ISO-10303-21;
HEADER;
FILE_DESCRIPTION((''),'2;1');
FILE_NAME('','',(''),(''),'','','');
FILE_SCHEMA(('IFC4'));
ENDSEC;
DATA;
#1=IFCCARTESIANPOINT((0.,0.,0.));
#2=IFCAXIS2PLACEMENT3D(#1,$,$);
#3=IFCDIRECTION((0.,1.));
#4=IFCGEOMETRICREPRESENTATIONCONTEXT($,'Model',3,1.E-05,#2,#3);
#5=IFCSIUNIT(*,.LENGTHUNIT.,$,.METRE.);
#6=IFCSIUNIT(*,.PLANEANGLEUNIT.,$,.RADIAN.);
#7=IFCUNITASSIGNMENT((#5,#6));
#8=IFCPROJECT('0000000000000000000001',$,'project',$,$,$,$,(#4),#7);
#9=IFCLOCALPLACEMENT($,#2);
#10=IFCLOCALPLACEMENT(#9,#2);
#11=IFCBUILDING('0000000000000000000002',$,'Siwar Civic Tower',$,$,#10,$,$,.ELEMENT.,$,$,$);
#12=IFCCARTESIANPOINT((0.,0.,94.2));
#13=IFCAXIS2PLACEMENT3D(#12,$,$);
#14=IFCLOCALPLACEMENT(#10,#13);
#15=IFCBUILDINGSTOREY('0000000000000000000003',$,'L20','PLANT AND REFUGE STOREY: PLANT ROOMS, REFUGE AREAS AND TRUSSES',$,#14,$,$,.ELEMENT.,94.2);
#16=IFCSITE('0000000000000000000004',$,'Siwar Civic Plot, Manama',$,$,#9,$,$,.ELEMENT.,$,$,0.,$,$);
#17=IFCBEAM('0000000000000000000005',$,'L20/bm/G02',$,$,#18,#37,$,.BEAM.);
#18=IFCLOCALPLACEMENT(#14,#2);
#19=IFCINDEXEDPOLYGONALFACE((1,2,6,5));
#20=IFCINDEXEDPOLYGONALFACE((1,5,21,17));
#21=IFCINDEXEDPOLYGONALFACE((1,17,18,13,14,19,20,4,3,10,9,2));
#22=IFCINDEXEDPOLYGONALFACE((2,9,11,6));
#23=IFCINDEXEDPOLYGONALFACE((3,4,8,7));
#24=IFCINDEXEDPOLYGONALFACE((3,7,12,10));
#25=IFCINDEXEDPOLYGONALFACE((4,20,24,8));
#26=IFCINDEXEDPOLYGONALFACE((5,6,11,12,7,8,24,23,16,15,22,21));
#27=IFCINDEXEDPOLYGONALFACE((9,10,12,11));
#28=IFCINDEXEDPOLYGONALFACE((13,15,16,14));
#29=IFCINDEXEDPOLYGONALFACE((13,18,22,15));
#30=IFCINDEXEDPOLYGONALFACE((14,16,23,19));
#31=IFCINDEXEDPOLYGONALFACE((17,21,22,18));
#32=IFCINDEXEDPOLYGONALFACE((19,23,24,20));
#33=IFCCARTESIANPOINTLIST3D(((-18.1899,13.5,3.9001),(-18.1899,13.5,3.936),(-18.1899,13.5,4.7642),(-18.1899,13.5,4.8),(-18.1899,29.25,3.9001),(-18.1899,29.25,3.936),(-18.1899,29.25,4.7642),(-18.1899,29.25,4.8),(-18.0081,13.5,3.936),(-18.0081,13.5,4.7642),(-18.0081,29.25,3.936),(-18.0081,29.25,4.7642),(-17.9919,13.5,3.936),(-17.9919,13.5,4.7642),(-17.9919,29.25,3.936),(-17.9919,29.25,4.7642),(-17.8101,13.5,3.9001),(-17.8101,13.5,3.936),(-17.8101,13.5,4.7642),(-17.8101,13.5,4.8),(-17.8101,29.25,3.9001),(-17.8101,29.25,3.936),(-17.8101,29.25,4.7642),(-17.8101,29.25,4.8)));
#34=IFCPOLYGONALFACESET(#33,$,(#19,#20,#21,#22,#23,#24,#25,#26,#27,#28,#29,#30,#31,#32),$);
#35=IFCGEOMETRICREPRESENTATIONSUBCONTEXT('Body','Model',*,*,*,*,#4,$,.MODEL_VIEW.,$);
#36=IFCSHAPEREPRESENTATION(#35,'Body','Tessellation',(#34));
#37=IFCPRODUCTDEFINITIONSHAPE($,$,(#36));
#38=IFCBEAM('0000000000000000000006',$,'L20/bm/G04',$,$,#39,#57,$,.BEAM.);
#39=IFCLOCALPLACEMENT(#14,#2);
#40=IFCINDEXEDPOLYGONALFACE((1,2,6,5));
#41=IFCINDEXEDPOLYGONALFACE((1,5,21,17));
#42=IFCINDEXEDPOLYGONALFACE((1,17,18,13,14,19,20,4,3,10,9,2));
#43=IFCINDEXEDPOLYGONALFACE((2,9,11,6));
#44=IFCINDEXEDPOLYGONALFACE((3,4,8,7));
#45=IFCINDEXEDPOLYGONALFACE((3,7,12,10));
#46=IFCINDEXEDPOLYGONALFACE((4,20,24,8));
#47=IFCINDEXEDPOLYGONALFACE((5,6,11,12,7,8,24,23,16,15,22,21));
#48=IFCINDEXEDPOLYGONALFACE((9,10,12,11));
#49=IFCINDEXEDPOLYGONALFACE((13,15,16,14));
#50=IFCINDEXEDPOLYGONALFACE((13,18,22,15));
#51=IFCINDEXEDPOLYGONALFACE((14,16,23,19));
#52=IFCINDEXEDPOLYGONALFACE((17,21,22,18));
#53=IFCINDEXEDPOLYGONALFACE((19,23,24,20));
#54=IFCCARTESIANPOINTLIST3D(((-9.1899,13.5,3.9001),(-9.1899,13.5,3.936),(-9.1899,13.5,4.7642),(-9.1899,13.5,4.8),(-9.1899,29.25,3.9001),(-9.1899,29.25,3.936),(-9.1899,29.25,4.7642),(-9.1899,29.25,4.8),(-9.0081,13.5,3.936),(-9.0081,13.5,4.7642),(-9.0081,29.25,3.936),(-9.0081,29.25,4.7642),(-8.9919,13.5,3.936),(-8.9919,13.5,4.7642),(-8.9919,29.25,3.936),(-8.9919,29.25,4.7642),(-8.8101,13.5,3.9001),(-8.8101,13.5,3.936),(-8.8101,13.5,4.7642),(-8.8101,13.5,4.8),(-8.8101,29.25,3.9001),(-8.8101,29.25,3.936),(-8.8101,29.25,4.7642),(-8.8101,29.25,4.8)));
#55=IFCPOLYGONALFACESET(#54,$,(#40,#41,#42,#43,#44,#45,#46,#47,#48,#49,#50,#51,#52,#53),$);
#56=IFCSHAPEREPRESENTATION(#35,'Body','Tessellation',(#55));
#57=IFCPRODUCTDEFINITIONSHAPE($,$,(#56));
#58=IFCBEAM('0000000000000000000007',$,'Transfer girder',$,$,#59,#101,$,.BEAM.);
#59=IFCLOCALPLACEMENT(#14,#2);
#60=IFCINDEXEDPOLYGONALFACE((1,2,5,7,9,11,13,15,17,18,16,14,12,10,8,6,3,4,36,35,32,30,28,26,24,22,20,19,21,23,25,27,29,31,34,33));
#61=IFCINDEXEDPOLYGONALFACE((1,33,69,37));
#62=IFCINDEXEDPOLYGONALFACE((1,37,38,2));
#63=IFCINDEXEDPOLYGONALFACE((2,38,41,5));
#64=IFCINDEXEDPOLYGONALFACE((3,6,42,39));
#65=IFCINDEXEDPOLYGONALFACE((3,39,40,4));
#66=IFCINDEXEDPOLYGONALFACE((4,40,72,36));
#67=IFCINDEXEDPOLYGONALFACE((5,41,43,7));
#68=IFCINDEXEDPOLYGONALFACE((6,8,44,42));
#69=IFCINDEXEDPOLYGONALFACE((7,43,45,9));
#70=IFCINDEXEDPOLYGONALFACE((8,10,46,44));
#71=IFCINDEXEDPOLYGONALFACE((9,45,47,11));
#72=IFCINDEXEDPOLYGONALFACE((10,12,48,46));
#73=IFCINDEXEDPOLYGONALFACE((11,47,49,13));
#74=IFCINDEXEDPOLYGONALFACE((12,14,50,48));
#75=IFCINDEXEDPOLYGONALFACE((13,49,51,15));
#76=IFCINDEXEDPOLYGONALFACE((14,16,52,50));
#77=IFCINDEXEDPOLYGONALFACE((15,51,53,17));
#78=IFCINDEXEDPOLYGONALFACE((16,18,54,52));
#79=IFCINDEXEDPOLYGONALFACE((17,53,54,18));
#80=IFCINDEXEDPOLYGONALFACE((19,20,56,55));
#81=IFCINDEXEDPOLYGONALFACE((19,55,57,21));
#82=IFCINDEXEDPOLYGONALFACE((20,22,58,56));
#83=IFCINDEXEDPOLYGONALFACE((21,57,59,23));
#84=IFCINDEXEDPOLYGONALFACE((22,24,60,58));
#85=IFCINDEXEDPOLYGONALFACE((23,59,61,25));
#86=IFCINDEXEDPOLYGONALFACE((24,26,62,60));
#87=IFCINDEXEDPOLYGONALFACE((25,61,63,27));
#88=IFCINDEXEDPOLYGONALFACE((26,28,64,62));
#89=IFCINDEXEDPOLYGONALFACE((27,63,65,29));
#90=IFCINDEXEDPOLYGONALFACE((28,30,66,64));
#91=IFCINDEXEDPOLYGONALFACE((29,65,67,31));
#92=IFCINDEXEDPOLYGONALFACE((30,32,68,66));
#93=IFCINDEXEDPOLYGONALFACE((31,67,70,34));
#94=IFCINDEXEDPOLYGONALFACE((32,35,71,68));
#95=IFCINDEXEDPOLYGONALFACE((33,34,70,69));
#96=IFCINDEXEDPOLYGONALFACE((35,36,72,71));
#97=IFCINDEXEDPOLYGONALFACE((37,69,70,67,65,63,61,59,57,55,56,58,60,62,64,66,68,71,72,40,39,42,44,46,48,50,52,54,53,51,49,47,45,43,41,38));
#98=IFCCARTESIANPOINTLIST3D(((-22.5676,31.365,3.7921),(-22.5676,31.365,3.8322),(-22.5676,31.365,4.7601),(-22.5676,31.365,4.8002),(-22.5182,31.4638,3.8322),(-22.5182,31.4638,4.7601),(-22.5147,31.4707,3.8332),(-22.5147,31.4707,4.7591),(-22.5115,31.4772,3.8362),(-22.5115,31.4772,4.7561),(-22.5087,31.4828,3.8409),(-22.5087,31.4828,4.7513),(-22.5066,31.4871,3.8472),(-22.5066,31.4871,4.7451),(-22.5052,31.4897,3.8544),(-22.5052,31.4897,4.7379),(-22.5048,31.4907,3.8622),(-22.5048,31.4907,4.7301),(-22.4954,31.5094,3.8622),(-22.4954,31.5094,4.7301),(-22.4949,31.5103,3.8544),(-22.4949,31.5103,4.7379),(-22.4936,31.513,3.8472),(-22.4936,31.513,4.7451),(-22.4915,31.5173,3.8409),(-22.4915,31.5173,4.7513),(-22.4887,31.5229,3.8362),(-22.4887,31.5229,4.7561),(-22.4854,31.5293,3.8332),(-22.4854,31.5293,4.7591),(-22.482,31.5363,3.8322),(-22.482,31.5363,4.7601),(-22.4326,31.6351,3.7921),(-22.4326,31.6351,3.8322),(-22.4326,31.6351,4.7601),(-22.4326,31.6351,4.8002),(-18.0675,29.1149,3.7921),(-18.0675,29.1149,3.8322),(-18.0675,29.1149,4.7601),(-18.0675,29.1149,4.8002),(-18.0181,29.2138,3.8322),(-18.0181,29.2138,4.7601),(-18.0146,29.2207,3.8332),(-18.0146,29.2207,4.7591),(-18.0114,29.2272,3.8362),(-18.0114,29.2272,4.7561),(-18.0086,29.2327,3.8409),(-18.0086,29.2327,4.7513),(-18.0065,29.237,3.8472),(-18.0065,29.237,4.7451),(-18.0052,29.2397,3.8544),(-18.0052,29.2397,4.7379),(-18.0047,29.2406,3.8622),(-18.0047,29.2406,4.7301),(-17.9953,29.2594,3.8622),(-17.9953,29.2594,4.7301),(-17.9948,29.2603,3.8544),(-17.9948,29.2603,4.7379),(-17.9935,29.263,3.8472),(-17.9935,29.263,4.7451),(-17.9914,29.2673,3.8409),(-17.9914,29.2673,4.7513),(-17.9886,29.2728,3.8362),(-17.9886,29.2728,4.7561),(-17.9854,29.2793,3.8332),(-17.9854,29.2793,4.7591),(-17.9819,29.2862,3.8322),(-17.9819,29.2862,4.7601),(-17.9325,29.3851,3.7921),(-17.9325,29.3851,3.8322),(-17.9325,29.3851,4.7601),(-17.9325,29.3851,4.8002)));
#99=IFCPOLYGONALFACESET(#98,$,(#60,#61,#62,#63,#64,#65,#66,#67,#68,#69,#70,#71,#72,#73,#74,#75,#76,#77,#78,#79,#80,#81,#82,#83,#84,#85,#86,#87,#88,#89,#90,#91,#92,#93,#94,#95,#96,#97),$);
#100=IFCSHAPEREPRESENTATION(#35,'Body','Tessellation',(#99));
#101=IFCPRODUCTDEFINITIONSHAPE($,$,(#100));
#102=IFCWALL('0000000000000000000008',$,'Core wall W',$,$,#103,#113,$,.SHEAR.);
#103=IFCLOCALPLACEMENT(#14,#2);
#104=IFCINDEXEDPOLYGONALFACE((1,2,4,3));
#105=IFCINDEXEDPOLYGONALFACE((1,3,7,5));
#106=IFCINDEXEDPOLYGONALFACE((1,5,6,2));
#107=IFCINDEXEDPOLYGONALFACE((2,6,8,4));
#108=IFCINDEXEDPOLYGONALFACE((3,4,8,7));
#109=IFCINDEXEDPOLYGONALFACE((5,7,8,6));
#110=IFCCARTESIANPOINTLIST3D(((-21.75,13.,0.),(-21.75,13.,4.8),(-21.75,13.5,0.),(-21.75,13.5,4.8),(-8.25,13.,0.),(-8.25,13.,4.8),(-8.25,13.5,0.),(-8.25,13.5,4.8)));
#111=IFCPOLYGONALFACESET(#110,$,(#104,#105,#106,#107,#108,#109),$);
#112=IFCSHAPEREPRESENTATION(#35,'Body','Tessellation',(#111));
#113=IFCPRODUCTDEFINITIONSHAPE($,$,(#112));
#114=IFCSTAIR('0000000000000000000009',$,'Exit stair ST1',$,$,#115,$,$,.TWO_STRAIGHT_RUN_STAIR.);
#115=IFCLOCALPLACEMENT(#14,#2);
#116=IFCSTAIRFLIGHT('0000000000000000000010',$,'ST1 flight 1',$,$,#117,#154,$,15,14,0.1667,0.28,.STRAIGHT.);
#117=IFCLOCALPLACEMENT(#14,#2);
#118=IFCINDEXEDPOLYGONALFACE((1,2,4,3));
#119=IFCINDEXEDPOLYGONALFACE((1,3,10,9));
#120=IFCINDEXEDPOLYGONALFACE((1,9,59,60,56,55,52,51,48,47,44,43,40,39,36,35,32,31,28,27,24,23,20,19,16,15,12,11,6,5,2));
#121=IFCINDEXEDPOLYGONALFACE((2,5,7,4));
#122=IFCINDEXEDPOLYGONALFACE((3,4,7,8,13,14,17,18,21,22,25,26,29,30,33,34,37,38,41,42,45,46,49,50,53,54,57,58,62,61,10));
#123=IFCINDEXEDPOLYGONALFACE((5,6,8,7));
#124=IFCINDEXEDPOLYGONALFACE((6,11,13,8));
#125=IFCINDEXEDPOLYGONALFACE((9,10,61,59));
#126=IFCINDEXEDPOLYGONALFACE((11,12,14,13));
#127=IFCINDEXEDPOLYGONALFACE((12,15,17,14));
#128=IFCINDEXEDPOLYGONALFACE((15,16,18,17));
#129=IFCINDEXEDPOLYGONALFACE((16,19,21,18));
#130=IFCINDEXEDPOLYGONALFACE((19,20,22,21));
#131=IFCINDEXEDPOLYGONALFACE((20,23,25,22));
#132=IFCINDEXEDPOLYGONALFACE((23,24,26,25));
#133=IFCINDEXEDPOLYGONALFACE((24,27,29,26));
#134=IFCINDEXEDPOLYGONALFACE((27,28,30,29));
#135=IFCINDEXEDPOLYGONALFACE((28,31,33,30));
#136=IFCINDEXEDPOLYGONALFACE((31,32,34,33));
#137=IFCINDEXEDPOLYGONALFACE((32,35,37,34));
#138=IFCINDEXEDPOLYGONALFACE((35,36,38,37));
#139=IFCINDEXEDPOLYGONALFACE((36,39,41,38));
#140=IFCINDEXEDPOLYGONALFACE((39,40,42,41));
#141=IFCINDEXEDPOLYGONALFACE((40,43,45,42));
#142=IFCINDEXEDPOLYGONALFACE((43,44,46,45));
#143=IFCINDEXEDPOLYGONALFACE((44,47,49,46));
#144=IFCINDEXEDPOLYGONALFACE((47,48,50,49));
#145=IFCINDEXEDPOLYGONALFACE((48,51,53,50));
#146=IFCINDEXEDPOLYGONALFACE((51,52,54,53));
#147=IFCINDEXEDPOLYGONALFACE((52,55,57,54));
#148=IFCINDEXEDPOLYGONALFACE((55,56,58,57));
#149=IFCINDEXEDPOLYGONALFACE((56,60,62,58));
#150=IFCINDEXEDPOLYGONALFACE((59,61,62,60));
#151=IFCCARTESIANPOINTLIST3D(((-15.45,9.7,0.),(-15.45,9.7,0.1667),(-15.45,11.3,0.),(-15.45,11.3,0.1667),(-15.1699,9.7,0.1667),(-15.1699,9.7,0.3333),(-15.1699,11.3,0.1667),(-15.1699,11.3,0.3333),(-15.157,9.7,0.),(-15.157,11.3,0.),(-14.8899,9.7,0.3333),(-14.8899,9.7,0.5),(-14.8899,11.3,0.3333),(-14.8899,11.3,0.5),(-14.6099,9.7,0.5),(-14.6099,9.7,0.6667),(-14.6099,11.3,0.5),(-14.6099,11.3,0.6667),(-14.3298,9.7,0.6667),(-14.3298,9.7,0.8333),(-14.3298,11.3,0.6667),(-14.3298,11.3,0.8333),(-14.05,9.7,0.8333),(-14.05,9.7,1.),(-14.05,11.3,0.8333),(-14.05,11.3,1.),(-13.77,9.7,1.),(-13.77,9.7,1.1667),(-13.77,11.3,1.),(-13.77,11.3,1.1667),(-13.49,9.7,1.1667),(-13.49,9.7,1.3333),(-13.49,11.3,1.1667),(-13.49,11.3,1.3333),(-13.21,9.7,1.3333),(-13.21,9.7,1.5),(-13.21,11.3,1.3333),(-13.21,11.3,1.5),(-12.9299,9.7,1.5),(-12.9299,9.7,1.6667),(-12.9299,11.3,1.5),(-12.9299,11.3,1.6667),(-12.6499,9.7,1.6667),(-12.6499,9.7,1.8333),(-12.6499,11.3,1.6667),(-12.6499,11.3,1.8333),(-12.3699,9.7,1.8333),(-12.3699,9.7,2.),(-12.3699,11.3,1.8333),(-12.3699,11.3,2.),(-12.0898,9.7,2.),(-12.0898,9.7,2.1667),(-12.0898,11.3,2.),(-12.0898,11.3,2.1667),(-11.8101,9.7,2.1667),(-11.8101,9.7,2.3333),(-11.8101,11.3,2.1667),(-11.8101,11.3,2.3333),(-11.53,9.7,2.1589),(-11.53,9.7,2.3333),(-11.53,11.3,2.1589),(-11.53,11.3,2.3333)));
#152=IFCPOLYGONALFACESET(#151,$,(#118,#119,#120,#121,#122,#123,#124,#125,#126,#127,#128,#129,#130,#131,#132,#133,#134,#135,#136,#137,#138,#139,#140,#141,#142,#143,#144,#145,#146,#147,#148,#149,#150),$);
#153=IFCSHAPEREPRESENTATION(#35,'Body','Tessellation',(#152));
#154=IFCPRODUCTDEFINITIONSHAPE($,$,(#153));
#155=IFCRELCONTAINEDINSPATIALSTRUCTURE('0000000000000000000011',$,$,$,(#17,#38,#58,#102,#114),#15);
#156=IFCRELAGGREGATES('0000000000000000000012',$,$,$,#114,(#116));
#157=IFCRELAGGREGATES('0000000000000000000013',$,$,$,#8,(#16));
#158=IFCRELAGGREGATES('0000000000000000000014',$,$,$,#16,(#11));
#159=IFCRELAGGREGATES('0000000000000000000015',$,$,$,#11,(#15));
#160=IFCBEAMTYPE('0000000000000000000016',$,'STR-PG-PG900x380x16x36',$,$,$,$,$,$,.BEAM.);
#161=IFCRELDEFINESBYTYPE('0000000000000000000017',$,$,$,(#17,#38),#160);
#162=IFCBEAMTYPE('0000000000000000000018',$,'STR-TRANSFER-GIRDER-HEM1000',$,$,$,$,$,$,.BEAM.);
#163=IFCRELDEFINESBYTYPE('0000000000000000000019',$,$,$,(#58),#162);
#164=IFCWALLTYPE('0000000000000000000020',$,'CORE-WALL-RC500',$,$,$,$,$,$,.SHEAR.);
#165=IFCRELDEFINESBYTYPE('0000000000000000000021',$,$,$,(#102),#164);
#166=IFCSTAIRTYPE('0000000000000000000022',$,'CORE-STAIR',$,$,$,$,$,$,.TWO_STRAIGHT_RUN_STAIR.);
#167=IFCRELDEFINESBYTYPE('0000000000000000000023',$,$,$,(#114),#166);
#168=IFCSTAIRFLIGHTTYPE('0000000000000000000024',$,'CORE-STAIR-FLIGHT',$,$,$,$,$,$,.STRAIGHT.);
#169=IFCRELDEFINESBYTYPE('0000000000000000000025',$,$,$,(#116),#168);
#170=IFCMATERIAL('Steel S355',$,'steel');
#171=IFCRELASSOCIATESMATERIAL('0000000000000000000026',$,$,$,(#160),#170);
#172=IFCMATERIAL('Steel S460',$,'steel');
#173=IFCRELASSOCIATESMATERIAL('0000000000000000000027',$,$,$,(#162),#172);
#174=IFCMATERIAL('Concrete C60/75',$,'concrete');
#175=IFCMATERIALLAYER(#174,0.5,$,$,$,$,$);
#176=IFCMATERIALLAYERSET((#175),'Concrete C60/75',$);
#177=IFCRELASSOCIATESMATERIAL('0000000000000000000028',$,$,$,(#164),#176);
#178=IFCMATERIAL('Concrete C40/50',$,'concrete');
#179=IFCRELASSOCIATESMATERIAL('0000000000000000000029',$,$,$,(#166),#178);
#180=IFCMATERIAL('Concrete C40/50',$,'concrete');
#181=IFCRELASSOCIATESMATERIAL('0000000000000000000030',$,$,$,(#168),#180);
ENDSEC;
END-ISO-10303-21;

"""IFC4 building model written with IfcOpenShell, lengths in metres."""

from ifc_helpers import new_model, si_unit, direction, frame, frame_2d, origin, origin_2d, place, context, subcontext, project, spatial, polyline, rectangle, i_section, outline, extrude, material, layer, layer_set, material_profile, profile_set, type_object, element, aggregate, save


model = new_model("IFC4")

# Units and contexts
model_context = context("Model", 3, precision=1e-05, world=origin(), true_north=direction((0.0, 1.0)))
body_context = subcontext(model_context, "Body", "Model", "MODEL_VIEW")
ifc_project = project(units=[si_unit("LENGTHUNIT", "METRE"), si_unit("PLANEANGLEUNIT", "RADIAN")], contexts=[model_context])

# Site, building, storey
site_placement = place(None, origin())
site = spatial("IfcSite", under=ifc_project, at=site_placement, Name="Siwar Civic Plot, Manama", CompositionType="ELEMENT", RefElevation=0.0)
building_placement = place(site_placement, origin())
building = spatial("IfcBuilding", under=site, at=building_placement, Name="Siwar Civic Tower", CompositionType="ELEMENT")
storey_placement = place(building_placement, frame((0.0, 0.0, 94.2)))
storey = spatial("IfcBuildingStorey", under=building, at=storey_placement, Name="L20", Description="PLANT AND REFUGE STOREY: PLANT ROOMS, REFUGE AREAS AND TRUSSES", CompositionType="ELEMENT", Elevation=94.2)

# Beams
ifc_material_1 = material(Name="Steel S355", Category="steel")
ifc_material_profile_1 = material_profile(ifc_material_1, i_section(OverallWidth=0.3799, OverallDepth=0.8999, WebThickness=0.0161, FlangeThickness=0.0359, at=origin_2d()), Name="PG900x380x16x36")
ifc_profile_set_1 = profile_set([ifc_material_profile_1], Name="Steel S355")
beam_type_1 = type_object("IfcBeamType", Name="STR-PG-PG900x380x16x36", PredefinedType="BEAM", material=ifc_profile_set_1)
for number, where, z_axis, x_axis, name in (
    (1, (-18.0, 13.5, 4.3501), (0.0, 1.0, 0.0), (-1.0, 0.0, 0.0), "L20/bm/G02"),
    (2, (-9.0, 13.5, 4.3501), (0.0, 1.0, 0.0), (-1.0, 0.0, 0.0), "L20/bm/G04"),
):
    element("IfcBeam", number, at=place(storey_placement, frame(where, z_axis=z_axis, x_axis=x_axis)), inside=storey, type_object=beam_type_1, Name=name, PredefinedType="BEAM", context=body_context, shape_type="SweptSolid", body=[
        extrude(i_section(OverallWidth=0.3799, OverallDepth=0.8999, WebThickness=0.0161, FlangeThickness=0.0359, at=origin_2d()), origin(), (0.0, 0.0, 1.0), 15.75),
    ])
ifc_material_2 = material(Name="Steel S460", Category="steel")
ifc_material_profile_2 = material_profile(ifc_material_2, i_section(OverallWidth=0.302, OverallDepth=1.0081, WebThickness=0.021, FlangeThickness=0.04, FilletRadius=0.03, at=origin_2d()), Name="HEM1000")
ifc_profile_set_2 = profile_set([ifc_material_profile_2], Name="Steel S460")
beam_type_2 = type_object("IfcBeamType", Name="STR-TRANSFER-GIRDER-HEM1000", PredefinedType="BEAM", material=ifc_profile_set_2)
beam_1_placement = place(storey_placement, frame((-18.0, 29.25, 4.2961), z_axis=(-0.894427, 0.447214, 0.0), x_axis=(-0.447214, -0.894427, 0.0)))
element("IfcBeam", 3, at=beam_1_placement, inside=storey, type_object=beam_type_2, Name="Transfer girder", PredefinedType="BEAM", context=body_context, shape_type="SweptSolid", body=[
    extrude(i_section(OverallWidth=0.302, OverallDepth=1.0081, WebThickness=0.021, FlangeThickness=0.04, FilletRadius=0.03, at=origin_2d()), origin(), (0.0, 0.0, 1.0), 5.0312),
])

# Wall
ifc_material_3 = material(Name="Concrete C60/75", Category="concrete")
ifc_layer = layer(ifc_material_3, 0.5)
ifc_layer_set = layer_set([ifc_layer], Name="Concrete C60/75")
wall_type = type_object("IfcWallType", Name="CORE-WALL-RC500", PredefinedType="SHEAR", material=ifc_layer_set)
wall_placement = place(storey_placement, frame((-8.25, 13.25, 0.0), z_axis=(0.0, 0.0, 1.0), x_axis=(-1.0, 0.0, 0.0)))
element("IfcWall", 4, at=wall_placement, inside=storey, type_object=wall_type, Name="Core wall W", PredefinedType="SHEAR", context=body_context, shape_type="SweptSolid", body=[
    extrude(rectangle(XDim=13.5, YDim=0.5, at=frame_2d((6.75, 0.0))), origin(), (0.0, 0.0, 1.0), 4.8),
])

# Stair, stair flight
ifc_material_4 = material(Name="Concrete C40/50", Category="concrete")
stair_type = type_object("IfcStairType", Name="CORE-STAIR", PredefinedType="TWO_STRAIGHT_RUN_STAIR", material=ifc_material_4)
stair_placement = place(storey_placement, origin())
stair = element("IfcStair", 5, at=stair_placement, inside=storey, type_object=stair_type, Name="Exit stair ST1", PredefinedType="TWO_STRAIGHT_RUN_STAIR")
ifc_material_5 = material(Name="Concrete C40/50", Category="concrete")
stair_flight_type = type_object("IfcStairFlightType", Name="CORE-STAIR-FLIGHT", PredefinedType="STRAIGHT", material=ifc_material_5)
stair_flight_1_placement = place(storey_placement, frame((-15.45, 10.5, 0.0), z_axis=(0.0, 0.0, 1.0), x_axis=(1.0, 0.0, 0.0)))
stair_flight_1 = element("IfcStairFlight", 6, at=stair_flight_1_placement, type_object=stair_flight_type, Name="ST1 flight 1", NumberOfRisers=15, NumberOfTreads=14, PredefinedType="STRAIGHT", RiserHeight=0.1667, TreadLength=0.28, context=body_context, shape_type="SweptSolid", body=[
    extrude(outline(polyline([(0.0, 0.0), (0.0, 0.1667), (0.28, 0.1667), (0.28, 0.3333), (0.5601, 0.3333), (0.5601, 0.5), (0.8401, 0.5), (0.8401, 0.6667), (1.1201, 0.6667), (1.1201, 0.8333), (1.3999, 0.8333), (1.3999, 1.0), (1.6799, 1.0), (1.6799, 1.1667), (1.96, 1.1667), (1.96, 1.3333), (2.24, 1.3333), (2.24, 1.5), (2.52, 1.5), (2.52, 1.6667), (2.8, 1.6667), (2.8, 1.8333), (3.0801, 1.8333), (3.0801, 2.0), (3.3601, 2.0), (3.3601, 2.1667), (3.6399, 2.1667), (3.6399, 2.3333), (3.9199, 2.3333), (3.9199, 2.5), (3.9199, 2.1589), (0.293, 0.0), (0.0, 0.0)])), frame((0.0, 0.8, 0.0), z_axis=(0.0, -1.0, 0.0), x_axis=(1.0, 0.0, 0.0)), (0.0, 0.0, 1.0), 1.6001),
])
aggregate(stair, [stair_flight_1])

save(model, "model.ifc")
